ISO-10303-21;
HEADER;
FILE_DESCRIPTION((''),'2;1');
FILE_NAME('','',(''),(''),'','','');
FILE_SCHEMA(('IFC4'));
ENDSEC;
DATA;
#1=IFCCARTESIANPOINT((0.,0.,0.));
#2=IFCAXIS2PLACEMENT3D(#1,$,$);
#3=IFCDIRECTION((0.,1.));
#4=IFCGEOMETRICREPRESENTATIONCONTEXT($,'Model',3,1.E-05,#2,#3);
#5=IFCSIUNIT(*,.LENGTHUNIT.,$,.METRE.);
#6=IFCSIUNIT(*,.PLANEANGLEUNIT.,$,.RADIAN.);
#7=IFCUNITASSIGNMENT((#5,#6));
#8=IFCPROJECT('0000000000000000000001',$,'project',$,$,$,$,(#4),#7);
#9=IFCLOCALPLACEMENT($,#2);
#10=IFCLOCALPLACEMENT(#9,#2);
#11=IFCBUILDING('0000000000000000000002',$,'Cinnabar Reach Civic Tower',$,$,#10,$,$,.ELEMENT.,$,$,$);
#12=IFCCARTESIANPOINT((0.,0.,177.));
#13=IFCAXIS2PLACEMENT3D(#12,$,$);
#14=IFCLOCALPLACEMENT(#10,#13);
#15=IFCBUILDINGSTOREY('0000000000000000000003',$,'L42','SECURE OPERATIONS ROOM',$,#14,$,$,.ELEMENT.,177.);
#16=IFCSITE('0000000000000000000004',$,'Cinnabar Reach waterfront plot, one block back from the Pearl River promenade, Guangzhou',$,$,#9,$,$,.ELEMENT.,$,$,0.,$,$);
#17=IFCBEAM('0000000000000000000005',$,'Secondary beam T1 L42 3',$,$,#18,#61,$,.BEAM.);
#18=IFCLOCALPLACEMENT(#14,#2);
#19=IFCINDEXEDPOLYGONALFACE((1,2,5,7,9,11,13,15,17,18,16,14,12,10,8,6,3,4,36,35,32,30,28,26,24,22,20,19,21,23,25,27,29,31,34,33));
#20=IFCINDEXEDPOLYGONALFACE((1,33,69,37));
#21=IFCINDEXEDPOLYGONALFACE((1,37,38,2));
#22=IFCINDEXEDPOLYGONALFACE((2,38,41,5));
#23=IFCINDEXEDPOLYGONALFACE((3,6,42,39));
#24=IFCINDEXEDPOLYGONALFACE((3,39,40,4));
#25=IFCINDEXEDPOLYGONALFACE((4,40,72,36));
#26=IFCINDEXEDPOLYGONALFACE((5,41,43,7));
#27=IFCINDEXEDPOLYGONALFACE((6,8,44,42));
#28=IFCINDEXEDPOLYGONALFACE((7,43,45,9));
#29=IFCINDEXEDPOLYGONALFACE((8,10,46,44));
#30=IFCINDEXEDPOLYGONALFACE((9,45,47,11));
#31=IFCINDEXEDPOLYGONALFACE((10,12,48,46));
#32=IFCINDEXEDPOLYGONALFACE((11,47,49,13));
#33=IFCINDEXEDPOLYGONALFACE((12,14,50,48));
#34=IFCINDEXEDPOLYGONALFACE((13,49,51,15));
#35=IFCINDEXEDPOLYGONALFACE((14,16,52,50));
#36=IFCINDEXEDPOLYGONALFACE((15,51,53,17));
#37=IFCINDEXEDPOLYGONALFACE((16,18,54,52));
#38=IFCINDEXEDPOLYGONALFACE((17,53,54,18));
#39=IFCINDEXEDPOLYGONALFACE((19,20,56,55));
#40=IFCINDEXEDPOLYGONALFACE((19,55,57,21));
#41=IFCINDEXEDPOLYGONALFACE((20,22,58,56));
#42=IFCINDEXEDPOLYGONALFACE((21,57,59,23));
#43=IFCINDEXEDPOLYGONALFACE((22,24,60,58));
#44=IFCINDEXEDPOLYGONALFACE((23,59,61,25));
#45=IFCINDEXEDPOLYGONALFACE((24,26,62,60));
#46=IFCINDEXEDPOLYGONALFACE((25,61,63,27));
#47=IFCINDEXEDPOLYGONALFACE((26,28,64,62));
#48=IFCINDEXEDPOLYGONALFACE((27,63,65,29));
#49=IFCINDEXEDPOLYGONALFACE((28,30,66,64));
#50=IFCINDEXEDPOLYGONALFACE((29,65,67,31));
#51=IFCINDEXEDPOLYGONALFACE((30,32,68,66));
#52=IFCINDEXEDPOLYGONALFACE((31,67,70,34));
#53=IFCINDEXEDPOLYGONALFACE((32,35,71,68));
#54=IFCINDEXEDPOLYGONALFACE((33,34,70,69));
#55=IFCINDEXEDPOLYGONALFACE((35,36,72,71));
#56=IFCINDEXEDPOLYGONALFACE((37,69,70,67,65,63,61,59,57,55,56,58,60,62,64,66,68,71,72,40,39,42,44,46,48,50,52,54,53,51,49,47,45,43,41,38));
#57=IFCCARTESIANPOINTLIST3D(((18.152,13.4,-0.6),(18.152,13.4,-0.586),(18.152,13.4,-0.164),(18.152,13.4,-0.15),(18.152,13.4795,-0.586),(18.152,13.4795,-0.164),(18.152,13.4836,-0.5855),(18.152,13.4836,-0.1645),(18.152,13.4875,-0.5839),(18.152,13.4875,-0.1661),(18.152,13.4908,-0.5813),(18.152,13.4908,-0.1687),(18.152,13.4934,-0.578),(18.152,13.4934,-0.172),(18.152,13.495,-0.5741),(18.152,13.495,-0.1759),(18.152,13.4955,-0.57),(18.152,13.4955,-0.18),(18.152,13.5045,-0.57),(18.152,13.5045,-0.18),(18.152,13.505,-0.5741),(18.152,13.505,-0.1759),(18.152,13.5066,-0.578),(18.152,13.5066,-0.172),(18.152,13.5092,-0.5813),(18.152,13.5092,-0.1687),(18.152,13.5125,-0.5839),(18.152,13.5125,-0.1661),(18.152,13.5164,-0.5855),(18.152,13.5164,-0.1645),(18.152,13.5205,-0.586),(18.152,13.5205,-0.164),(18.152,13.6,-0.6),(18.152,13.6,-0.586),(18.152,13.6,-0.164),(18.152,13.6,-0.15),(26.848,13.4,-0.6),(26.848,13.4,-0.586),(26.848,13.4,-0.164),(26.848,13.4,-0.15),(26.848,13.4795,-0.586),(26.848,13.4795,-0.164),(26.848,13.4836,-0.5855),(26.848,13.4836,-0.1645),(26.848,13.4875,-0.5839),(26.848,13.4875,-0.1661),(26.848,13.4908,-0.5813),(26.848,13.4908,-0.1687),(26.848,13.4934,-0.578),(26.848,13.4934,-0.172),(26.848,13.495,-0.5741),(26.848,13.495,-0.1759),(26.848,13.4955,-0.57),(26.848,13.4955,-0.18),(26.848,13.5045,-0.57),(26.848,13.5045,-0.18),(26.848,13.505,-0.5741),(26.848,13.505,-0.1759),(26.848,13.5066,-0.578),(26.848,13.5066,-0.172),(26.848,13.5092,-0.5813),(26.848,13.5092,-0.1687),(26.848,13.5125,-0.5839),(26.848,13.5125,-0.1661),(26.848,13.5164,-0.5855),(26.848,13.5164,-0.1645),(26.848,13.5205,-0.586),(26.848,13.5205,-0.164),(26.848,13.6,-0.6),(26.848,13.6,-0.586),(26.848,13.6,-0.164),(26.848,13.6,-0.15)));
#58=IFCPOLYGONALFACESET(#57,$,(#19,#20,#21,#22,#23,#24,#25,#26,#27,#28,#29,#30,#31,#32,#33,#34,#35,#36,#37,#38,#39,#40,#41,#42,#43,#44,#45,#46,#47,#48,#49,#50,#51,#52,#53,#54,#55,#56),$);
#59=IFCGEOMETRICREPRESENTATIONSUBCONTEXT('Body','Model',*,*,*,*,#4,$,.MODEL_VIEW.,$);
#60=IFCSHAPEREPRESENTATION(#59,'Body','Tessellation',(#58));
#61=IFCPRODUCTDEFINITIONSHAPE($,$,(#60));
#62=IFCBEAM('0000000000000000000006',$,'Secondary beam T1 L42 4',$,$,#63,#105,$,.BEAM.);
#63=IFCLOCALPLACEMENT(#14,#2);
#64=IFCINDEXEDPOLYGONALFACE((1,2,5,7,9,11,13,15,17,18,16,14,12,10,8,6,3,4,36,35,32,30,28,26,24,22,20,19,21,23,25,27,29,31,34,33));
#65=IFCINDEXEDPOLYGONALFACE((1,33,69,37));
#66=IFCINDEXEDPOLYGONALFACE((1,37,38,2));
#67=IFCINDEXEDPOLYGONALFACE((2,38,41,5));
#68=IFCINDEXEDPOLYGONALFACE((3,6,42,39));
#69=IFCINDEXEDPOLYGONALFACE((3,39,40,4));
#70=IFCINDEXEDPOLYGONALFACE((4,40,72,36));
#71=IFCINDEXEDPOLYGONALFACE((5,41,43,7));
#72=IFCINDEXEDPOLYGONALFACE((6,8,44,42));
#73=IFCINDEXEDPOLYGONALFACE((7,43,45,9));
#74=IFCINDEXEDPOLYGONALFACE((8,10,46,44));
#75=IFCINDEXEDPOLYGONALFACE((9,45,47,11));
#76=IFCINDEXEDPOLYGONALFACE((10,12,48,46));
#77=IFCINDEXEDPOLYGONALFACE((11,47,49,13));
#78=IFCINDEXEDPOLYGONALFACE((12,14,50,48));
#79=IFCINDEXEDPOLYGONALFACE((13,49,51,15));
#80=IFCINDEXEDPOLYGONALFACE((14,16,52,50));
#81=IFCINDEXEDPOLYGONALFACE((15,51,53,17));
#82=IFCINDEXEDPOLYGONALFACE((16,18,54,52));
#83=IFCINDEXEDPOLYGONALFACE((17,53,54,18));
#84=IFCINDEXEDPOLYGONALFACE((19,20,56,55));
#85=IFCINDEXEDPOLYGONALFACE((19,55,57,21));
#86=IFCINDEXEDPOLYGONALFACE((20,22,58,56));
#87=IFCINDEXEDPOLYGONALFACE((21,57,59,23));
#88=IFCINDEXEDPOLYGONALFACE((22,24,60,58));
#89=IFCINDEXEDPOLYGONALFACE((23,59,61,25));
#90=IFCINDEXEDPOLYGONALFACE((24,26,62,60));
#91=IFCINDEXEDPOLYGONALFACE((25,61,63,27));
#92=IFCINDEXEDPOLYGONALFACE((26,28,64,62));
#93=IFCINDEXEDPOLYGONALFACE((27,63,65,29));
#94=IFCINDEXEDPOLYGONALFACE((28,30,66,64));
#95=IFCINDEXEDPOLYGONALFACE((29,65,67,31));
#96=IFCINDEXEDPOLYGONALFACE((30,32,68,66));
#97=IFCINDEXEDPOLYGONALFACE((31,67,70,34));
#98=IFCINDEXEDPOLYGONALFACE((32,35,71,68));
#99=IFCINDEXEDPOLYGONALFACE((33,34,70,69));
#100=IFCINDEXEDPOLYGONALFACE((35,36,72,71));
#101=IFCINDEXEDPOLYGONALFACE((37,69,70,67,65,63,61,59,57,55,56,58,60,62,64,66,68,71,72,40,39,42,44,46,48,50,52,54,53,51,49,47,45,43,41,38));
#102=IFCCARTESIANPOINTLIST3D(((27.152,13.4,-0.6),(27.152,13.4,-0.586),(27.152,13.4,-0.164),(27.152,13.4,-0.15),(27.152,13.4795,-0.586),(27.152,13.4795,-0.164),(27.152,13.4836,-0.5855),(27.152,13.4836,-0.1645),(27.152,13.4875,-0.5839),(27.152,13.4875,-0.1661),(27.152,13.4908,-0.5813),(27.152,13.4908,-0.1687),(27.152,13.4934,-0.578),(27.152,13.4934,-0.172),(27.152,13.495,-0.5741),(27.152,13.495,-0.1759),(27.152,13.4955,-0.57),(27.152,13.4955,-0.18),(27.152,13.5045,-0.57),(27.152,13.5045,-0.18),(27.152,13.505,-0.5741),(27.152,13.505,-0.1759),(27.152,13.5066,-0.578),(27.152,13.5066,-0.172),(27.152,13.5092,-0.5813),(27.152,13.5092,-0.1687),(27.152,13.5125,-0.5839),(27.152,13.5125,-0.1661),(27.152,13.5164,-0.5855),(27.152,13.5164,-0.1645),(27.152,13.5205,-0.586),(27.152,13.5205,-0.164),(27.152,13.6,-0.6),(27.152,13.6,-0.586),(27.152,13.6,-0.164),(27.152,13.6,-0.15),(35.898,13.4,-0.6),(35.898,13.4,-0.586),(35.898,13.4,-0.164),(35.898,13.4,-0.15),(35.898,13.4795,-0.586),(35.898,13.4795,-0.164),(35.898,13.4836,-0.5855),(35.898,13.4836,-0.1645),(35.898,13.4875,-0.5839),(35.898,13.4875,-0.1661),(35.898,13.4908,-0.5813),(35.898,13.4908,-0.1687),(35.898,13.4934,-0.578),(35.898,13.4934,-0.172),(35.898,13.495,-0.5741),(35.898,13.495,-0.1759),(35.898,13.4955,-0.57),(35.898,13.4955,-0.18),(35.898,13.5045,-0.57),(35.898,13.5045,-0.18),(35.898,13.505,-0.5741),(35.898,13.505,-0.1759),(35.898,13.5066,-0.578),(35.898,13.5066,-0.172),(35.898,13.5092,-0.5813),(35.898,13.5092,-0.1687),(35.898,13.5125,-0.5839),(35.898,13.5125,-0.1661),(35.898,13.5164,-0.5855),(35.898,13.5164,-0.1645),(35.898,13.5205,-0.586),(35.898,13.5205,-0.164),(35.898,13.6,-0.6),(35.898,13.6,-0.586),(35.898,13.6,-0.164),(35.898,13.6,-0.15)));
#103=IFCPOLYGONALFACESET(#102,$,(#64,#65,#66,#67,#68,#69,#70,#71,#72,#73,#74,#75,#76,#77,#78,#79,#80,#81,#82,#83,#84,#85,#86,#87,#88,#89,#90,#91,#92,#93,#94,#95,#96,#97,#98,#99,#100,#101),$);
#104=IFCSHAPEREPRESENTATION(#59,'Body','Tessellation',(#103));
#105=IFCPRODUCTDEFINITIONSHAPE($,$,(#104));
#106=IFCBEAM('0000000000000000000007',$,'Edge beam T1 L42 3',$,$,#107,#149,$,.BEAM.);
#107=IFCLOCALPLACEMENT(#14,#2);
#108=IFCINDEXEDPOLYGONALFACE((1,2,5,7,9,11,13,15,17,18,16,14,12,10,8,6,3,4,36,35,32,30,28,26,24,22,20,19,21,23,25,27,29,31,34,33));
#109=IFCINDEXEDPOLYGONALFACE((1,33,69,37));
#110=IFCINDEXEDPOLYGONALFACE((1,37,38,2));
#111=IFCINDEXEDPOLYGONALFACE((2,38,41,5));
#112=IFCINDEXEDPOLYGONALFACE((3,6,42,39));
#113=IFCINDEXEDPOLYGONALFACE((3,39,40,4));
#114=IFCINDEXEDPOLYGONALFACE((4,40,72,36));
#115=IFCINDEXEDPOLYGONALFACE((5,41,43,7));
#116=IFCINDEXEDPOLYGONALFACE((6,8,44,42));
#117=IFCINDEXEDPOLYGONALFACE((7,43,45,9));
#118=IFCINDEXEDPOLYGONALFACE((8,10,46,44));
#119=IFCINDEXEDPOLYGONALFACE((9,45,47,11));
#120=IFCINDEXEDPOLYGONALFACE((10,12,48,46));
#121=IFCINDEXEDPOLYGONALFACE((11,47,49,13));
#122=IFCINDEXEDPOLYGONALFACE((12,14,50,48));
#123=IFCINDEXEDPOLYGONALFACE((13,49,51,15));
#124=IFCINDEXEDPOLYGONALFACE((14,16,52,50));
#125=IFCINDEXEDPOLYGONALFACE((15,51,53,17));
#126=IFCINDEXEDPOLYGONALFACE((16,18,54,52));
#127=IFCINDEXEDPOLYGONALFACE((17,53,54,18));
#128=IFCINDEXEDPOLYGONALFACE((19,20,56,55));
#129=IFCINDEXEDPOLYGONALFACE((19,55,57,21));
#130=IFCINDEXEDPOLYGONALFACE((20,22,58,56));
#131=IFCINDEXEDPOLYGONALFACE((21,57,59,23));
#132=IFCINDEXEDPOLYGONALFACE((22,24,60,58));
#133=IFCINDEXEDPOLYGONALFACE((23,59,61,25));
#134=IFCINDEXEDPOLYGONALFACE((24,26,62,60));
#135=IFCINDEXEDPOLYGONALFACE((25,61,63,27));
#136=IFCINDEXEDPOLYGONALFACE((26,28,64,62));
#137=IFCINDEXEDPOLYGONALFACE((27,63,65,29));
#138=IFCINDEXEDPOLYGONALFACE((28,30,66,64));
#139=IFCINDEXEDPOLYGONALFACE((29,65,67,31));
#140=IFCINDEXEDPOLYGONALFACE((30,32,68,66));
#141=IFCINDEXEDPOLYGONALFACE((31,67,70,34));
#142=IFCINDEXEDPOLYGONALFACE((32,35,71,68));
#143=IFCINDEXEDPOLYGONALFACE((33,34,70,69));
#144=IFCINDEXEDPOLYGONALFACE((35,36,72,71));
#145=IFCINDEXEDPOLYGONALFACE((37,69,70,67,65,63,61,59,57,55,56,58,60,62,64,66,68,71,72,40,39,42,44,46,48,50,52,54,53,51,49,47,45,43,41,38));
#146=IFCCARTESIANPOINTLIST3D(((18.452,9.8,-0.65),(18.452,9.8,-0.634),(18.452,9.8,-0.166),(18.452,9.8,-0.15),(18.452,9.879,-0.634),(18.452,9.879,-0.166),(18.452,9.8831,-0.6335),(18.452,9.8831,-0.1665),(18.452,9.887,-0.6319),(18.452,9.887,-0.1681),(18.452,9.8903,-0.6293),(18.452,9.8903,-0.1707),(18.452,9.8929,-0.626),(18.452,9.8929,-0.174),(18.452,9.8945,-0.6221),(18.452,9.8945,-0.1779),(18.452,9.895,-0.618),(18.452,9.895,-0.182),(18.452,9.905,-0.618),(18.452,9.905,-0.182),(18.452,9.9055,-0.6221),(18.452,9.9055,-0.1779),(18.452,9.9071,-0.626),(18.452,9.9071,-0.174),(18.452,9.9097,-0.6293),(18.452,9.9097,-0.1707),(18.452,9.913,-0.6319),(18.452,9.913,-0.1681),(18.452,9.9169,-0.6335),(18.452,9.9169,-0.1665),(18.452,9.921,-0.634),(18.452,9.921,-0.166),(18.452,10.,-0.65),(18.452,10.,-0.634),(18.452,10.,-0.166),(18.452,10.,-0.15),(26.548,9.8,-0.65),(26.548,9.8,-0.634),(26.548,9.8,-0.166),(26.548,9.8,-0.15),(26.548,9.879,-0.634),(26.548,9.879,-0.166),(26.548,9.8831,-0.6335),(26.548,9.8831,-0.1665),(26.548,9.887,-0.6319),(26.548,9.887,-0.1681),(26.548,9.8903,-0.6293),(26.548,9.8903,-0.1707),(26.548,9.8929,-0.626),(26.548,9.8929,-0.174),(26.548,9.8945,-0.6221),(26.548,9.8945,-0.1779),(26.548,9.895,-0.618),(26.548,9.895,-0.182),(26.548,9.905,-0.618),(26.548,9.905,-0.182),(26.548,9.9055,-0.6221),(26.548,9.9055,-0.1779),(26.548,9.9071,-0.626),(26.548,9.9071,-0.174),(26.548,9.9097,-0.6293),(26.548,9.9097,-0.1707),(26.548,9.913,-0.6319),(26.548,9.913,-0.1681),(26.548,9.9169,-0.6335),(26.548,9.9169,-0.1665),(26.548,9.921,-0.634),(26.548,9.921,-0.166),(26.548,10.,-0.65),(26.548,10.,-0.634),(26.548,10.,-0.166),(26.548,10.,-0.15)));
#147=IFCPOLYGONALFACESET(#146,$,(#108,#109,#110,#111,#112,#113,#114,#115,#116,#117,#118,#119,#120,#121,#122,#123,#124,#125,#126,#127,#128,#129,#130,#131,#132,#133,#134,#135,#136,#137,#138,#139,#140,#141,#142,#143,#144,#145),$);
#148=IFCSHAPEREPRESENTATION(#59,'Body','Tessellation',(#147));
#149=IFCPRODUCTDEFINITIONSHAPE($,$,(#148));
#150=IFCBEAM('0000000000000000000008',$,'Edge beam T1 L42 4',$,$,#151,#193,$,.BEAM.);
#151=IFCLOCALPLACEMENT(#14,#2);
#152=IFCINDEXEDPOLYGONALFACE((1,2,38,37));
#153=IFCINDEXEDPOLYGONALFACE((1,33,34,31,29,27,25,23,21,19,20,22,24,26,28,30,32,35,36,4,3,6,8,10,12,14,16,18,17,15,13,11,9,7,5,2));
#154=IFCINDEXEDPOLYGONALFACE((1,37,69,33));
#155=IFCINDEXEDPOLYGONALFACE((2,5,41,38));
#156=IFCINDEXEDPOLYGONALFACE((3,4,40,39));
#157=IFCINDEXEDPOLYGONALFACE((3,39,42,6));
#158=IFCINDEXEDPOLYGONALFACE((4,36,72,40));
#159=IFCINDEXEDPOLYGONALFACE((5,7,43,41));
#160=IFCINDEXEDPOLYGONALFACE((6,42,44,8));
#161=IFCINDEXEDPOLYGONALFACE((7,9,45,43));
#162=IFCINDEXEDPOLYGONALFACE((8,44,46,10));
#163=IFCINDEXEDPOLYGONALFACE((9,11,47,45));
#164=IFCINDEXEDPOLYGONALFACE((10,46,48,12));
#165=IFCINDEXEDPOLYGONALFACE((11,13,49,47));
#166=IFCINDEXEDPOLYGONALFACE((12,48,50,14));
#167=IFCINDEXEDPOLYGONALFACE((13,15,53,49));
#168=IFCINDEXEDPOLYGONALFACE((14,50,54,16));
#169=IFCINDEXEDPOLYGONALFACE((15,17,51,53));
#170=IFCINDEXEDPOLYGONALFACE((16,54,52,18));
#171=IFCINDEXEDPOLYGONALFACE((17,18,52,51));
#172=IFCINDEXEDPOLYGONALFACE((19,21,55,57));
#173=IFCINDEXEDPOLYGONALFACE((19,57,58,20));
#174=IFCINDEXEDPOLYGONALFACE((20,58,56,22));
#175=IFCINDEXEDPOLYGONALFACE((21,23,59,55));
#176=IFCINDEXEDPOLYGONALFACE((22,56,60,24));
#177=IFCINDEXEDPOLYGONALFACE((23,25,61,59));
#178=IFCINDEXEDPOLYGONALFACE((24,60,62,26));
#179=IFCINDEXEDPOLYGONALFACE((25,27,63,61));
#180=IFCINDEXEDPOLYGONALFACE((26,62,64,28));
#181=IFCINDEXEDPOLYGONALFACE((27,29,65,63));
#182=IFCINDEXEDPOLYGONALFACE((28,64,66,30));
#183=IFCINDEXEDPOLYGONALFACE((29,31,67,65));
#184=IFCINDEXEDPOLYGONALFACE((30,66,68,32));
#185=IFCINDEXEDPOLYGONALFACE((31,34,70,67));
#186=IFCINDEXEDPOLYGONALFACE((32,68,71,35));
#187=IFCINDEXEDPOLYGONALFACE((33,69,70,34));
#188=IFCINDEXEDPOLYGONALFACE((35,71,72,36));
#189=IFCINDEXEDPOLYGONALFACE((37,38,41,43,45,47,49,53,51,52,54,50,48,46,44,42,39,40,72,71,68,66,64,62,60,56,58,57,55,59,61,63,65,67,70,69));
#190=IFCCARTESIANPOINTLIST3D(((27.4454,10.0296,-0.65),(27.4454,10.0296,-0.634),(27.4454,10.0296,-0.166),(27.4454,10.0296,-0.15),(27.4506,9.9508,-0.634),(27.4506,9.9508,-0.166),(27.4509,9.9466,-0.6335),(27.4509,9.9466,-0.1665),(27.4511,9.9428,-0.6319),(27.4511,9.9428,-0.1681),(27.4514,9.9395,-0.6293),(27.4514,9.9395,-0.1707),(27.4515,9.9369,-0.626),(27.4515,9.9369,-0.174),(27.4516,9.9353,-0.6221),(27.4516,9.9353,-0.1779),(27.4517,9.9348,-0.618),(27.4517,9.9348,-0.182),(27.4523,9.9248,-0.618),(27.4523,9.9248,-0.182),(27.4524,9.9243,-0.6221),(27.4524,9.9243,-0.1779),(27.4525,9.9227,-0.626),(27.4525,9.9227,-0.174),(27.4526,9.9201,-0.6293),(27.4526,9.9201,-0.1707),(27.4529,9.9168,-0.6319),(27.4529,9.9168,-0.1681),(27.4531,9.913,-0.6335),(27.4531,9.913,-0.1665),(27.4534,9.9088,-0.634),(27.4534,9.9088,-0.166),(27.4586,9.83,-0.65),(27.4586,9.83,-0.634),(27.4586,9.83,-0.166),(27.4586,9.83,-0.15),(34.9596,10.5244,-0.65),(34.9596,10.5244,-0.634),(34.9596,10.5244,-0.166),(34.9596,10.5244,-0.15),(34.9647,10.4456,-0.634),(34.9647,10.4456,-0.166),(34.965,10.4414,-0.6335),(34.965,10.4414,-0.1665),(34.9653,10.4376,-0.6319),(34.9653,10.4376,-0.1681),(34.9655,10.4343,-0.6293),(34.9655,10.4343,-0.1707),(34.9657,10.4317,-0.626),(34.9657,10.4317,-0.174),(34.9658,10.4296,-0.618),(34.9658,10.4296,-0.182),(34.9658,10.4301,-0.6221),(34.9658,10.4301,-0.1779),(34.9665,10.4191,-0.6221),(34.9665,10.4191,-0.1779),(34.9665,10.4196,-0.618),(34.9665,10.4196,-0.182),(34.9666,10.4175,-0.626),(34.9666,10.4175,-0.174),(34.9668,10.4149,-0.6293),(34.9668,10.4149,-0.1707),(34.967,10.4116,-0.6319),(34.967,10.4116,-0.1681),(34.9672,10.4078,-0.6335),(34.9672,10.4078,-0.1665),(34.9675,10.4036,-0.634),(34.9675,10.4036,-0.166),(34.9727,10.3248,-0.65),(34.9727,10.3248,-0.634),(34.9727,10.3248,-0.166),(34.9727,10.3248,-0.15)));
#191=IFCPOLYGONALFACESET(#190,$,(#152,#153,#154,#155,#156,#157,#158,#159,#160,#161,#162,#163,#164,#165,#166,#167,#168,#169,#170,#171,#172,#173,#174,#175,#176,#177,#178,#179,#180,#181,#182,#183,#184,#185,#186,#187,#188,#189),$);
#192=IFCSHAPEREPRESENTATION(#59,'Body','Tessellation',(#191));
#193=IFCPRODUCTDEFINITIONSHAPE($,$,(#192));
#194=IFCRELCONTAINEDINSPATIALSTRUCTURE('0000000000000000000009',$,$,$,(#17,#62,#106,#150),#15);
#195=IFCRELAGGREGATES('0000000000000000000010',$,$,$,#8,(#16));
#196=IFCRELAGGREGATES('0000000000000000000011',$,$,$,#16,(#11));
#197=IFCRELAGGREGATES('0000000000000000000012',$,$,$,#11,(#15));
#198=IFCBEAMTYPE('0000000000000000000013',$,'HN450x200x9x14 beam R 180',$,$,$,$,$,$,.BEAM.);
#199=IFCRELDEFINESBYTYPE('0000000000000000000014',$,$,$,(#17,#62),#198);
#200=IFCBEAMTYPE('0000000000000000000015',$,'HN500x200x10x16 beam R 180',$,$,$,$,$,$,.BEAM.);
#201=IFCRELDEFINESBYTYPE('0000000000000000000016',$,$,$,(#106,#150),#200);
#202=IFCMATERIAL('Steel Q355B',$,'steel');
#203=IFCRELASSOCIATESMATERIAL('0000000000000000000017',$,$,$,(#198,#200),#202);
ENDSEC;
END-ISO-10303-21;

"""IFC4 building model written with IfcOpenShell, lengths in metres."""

from ifc_helpers import new_model, si_unit, direction, frame, origin, origin_2d, place, context, subcontext, project, spatial, i_section, extrude, material, material_profile, profile_set, type_object, element, save


model = new_model("IFC4")

# Units and contexts
model_context = context("Model", 3, precision=1e-05, world=origin(), true_north=direction((0.0, 1.0)))
body_context = subcontext(model_context, "Body", "Model", "MODEL_VIEW")
ifc_project = project(units=[si_unit("LENGTHUNIT", "METRE"), si_unit("PLANEANGLEUNIT", "RADIAN")], contexts=[model_context])

# Site, building, storey
site_placement = place(None, origin())
site = spatial("IfcSite", under=ifc_project, at=site_placement, Name="Cinnabar Reach waterfront plot, one block back from the Pearl River promenade, Guangzhou", CompositionType="ELEMENT", RefElevation=0.0)
building_placement = place(site_placement, origin())
building = spatial("IfcBuilding", under=site, at=building_placement, Name="Cinnabar Reach Civic Tower", CompositionType="ELEMENT")
storey_placement = place(building_placement, frame((0.0, 0.0, 177.0)))
storey = spatial("IfcBuildingStorey", under=building, at=storey_placement, Name="L42", Description="SECURE OPERATIONS ROOM", CompositionType="ELEMENT", Elevation=177.0)

# Beams
ifc_material_1 = material(Name="Steel Q355B", Category="steel")
ifc_material_profile_1 = material_profile(ifc_material_1, i_section(OverallWidth=0.2, OverallDepth=0.45, WebThickness=0.009, FlangeThickness=0.014, FilletRadius=0.016, at=origin_2d()), Name="HN450x200x9x14")
ifc_profile_set_1 = profile_set([ifc_material_profile_1], Name="Steel Q355B")
beam_type_1 = type_object("IfcBeamType", Name="HN450x200x9x14 beam R 180", PredefinedType="BEAM", material=ifc_profile_set_1)
beam_1_placement = place(storey_placement, frame((18.152, 13.5, -0.375), z_axis=(1.0, 0.0, 0.0), x_axis=(0.0, 1.0, 0.0)))
element("IfcBeam", 1, at=beam_1_placement, inside=storey, type_object=beam_type_1, Name="Secondary beam T1 L42 3", PredefinedType="BEAM", context=body_context, shape_type="SweptSolid", body=[
    extrude(i_section(OverallWidth=0.2, OverallDepth=0.45, WebThickness=0.009, FlangeThickness=0.014, FilletRadius=0.016, at=origin_2d()), origin(), (0.0, 0.0, 1.0), 8.696),
])
beam_2_placement = place(storey_placement, frame((27.152, 13.5, -0.375), z_axis=(1.0, 0.0, 0.0), x_axis=(0.0, 1.0, 0.0)))
element("IfcBeam", 2, at=beam_2_placement, inside=storey, type_object=beam_type_1, Name="Secondary beam T1 L42 4", PredefinedType="BEAM", context=body_context, shape_type="SweptSolid", body=[
    extrude(i_section(OverallWidth=0.2, OverallDepth=0.45, WebThickness=0.009, FlangeThickness=0.014, FilletRadius=0.016, at=origin_2d()), origin(), (0.0, 0.0, 1.0), 8.746),
])
ifc_material_profile_2 = material_profile(ifc_material_1, i_section(OverallWidth=0.2, OverallDepth=0.5, WebThickness=0.01, FlangeThickness=0.016, FilletRadius=0.016, at=origin_2d()), Name="HN500x200x10x16")
ifc_profile_set_2 = profile_set([ifc_material_profile_2], Name="Steel Q355B")
beam_type_2 = type_object("IfcBeamType", Name="HN500x200x10x16 beam R 180", PredefinedType="BEAM", material=ifc_profile_set_2)
beam_3_placement = place(storey_placement, frame((18.452, 9.9, -0.4), z_axis=(1.0, 0.0, 0.0), x_axis=(0.0, 1.0, 0.0)))
element("IfcBeam", 3, at=beam_3_placement, inside=storey, type_object=beam_type_2, Name="Edge beam T1 L42 3", PredefinedType="BEAM", context=body_context, shape_type="SweptSolid", body=[
    extrude(i_section(OverallWidth=0.2, OverallDepth=0.5, WebThickness=0.01, FlangeThickness=0.016, FilletRadius=0.016, at=origin_2d()), origin(), (0.0, 0.0, 1.0), 8.096),
])
beam_4_placement = place(storey_placement, frame((27.452, 9.9298, -0.4), z_axis=(0.997839, 0.065707, 0.0), x_axis=(-0.065707, 0.997839, 0.0)))
element("IfcBeam", 4, at=beam_4_placement, inside=storey, type_object=beam_type_2, Name="Edge beam T1 L42 4", PredefinedType="BEAM", context=body_context, shape_type="SweptSolid", body=[
    extrude(i_section(OverallWidth=0.2, OverallDepth=0.5, WebThickness=0.01, FlangeThickness=0.016, FilletRadius=0.016, at=origin_2d()), origin(), (0.0, 0.0, 1.0), 7.5304),
])

save(model, "model.ifc")
